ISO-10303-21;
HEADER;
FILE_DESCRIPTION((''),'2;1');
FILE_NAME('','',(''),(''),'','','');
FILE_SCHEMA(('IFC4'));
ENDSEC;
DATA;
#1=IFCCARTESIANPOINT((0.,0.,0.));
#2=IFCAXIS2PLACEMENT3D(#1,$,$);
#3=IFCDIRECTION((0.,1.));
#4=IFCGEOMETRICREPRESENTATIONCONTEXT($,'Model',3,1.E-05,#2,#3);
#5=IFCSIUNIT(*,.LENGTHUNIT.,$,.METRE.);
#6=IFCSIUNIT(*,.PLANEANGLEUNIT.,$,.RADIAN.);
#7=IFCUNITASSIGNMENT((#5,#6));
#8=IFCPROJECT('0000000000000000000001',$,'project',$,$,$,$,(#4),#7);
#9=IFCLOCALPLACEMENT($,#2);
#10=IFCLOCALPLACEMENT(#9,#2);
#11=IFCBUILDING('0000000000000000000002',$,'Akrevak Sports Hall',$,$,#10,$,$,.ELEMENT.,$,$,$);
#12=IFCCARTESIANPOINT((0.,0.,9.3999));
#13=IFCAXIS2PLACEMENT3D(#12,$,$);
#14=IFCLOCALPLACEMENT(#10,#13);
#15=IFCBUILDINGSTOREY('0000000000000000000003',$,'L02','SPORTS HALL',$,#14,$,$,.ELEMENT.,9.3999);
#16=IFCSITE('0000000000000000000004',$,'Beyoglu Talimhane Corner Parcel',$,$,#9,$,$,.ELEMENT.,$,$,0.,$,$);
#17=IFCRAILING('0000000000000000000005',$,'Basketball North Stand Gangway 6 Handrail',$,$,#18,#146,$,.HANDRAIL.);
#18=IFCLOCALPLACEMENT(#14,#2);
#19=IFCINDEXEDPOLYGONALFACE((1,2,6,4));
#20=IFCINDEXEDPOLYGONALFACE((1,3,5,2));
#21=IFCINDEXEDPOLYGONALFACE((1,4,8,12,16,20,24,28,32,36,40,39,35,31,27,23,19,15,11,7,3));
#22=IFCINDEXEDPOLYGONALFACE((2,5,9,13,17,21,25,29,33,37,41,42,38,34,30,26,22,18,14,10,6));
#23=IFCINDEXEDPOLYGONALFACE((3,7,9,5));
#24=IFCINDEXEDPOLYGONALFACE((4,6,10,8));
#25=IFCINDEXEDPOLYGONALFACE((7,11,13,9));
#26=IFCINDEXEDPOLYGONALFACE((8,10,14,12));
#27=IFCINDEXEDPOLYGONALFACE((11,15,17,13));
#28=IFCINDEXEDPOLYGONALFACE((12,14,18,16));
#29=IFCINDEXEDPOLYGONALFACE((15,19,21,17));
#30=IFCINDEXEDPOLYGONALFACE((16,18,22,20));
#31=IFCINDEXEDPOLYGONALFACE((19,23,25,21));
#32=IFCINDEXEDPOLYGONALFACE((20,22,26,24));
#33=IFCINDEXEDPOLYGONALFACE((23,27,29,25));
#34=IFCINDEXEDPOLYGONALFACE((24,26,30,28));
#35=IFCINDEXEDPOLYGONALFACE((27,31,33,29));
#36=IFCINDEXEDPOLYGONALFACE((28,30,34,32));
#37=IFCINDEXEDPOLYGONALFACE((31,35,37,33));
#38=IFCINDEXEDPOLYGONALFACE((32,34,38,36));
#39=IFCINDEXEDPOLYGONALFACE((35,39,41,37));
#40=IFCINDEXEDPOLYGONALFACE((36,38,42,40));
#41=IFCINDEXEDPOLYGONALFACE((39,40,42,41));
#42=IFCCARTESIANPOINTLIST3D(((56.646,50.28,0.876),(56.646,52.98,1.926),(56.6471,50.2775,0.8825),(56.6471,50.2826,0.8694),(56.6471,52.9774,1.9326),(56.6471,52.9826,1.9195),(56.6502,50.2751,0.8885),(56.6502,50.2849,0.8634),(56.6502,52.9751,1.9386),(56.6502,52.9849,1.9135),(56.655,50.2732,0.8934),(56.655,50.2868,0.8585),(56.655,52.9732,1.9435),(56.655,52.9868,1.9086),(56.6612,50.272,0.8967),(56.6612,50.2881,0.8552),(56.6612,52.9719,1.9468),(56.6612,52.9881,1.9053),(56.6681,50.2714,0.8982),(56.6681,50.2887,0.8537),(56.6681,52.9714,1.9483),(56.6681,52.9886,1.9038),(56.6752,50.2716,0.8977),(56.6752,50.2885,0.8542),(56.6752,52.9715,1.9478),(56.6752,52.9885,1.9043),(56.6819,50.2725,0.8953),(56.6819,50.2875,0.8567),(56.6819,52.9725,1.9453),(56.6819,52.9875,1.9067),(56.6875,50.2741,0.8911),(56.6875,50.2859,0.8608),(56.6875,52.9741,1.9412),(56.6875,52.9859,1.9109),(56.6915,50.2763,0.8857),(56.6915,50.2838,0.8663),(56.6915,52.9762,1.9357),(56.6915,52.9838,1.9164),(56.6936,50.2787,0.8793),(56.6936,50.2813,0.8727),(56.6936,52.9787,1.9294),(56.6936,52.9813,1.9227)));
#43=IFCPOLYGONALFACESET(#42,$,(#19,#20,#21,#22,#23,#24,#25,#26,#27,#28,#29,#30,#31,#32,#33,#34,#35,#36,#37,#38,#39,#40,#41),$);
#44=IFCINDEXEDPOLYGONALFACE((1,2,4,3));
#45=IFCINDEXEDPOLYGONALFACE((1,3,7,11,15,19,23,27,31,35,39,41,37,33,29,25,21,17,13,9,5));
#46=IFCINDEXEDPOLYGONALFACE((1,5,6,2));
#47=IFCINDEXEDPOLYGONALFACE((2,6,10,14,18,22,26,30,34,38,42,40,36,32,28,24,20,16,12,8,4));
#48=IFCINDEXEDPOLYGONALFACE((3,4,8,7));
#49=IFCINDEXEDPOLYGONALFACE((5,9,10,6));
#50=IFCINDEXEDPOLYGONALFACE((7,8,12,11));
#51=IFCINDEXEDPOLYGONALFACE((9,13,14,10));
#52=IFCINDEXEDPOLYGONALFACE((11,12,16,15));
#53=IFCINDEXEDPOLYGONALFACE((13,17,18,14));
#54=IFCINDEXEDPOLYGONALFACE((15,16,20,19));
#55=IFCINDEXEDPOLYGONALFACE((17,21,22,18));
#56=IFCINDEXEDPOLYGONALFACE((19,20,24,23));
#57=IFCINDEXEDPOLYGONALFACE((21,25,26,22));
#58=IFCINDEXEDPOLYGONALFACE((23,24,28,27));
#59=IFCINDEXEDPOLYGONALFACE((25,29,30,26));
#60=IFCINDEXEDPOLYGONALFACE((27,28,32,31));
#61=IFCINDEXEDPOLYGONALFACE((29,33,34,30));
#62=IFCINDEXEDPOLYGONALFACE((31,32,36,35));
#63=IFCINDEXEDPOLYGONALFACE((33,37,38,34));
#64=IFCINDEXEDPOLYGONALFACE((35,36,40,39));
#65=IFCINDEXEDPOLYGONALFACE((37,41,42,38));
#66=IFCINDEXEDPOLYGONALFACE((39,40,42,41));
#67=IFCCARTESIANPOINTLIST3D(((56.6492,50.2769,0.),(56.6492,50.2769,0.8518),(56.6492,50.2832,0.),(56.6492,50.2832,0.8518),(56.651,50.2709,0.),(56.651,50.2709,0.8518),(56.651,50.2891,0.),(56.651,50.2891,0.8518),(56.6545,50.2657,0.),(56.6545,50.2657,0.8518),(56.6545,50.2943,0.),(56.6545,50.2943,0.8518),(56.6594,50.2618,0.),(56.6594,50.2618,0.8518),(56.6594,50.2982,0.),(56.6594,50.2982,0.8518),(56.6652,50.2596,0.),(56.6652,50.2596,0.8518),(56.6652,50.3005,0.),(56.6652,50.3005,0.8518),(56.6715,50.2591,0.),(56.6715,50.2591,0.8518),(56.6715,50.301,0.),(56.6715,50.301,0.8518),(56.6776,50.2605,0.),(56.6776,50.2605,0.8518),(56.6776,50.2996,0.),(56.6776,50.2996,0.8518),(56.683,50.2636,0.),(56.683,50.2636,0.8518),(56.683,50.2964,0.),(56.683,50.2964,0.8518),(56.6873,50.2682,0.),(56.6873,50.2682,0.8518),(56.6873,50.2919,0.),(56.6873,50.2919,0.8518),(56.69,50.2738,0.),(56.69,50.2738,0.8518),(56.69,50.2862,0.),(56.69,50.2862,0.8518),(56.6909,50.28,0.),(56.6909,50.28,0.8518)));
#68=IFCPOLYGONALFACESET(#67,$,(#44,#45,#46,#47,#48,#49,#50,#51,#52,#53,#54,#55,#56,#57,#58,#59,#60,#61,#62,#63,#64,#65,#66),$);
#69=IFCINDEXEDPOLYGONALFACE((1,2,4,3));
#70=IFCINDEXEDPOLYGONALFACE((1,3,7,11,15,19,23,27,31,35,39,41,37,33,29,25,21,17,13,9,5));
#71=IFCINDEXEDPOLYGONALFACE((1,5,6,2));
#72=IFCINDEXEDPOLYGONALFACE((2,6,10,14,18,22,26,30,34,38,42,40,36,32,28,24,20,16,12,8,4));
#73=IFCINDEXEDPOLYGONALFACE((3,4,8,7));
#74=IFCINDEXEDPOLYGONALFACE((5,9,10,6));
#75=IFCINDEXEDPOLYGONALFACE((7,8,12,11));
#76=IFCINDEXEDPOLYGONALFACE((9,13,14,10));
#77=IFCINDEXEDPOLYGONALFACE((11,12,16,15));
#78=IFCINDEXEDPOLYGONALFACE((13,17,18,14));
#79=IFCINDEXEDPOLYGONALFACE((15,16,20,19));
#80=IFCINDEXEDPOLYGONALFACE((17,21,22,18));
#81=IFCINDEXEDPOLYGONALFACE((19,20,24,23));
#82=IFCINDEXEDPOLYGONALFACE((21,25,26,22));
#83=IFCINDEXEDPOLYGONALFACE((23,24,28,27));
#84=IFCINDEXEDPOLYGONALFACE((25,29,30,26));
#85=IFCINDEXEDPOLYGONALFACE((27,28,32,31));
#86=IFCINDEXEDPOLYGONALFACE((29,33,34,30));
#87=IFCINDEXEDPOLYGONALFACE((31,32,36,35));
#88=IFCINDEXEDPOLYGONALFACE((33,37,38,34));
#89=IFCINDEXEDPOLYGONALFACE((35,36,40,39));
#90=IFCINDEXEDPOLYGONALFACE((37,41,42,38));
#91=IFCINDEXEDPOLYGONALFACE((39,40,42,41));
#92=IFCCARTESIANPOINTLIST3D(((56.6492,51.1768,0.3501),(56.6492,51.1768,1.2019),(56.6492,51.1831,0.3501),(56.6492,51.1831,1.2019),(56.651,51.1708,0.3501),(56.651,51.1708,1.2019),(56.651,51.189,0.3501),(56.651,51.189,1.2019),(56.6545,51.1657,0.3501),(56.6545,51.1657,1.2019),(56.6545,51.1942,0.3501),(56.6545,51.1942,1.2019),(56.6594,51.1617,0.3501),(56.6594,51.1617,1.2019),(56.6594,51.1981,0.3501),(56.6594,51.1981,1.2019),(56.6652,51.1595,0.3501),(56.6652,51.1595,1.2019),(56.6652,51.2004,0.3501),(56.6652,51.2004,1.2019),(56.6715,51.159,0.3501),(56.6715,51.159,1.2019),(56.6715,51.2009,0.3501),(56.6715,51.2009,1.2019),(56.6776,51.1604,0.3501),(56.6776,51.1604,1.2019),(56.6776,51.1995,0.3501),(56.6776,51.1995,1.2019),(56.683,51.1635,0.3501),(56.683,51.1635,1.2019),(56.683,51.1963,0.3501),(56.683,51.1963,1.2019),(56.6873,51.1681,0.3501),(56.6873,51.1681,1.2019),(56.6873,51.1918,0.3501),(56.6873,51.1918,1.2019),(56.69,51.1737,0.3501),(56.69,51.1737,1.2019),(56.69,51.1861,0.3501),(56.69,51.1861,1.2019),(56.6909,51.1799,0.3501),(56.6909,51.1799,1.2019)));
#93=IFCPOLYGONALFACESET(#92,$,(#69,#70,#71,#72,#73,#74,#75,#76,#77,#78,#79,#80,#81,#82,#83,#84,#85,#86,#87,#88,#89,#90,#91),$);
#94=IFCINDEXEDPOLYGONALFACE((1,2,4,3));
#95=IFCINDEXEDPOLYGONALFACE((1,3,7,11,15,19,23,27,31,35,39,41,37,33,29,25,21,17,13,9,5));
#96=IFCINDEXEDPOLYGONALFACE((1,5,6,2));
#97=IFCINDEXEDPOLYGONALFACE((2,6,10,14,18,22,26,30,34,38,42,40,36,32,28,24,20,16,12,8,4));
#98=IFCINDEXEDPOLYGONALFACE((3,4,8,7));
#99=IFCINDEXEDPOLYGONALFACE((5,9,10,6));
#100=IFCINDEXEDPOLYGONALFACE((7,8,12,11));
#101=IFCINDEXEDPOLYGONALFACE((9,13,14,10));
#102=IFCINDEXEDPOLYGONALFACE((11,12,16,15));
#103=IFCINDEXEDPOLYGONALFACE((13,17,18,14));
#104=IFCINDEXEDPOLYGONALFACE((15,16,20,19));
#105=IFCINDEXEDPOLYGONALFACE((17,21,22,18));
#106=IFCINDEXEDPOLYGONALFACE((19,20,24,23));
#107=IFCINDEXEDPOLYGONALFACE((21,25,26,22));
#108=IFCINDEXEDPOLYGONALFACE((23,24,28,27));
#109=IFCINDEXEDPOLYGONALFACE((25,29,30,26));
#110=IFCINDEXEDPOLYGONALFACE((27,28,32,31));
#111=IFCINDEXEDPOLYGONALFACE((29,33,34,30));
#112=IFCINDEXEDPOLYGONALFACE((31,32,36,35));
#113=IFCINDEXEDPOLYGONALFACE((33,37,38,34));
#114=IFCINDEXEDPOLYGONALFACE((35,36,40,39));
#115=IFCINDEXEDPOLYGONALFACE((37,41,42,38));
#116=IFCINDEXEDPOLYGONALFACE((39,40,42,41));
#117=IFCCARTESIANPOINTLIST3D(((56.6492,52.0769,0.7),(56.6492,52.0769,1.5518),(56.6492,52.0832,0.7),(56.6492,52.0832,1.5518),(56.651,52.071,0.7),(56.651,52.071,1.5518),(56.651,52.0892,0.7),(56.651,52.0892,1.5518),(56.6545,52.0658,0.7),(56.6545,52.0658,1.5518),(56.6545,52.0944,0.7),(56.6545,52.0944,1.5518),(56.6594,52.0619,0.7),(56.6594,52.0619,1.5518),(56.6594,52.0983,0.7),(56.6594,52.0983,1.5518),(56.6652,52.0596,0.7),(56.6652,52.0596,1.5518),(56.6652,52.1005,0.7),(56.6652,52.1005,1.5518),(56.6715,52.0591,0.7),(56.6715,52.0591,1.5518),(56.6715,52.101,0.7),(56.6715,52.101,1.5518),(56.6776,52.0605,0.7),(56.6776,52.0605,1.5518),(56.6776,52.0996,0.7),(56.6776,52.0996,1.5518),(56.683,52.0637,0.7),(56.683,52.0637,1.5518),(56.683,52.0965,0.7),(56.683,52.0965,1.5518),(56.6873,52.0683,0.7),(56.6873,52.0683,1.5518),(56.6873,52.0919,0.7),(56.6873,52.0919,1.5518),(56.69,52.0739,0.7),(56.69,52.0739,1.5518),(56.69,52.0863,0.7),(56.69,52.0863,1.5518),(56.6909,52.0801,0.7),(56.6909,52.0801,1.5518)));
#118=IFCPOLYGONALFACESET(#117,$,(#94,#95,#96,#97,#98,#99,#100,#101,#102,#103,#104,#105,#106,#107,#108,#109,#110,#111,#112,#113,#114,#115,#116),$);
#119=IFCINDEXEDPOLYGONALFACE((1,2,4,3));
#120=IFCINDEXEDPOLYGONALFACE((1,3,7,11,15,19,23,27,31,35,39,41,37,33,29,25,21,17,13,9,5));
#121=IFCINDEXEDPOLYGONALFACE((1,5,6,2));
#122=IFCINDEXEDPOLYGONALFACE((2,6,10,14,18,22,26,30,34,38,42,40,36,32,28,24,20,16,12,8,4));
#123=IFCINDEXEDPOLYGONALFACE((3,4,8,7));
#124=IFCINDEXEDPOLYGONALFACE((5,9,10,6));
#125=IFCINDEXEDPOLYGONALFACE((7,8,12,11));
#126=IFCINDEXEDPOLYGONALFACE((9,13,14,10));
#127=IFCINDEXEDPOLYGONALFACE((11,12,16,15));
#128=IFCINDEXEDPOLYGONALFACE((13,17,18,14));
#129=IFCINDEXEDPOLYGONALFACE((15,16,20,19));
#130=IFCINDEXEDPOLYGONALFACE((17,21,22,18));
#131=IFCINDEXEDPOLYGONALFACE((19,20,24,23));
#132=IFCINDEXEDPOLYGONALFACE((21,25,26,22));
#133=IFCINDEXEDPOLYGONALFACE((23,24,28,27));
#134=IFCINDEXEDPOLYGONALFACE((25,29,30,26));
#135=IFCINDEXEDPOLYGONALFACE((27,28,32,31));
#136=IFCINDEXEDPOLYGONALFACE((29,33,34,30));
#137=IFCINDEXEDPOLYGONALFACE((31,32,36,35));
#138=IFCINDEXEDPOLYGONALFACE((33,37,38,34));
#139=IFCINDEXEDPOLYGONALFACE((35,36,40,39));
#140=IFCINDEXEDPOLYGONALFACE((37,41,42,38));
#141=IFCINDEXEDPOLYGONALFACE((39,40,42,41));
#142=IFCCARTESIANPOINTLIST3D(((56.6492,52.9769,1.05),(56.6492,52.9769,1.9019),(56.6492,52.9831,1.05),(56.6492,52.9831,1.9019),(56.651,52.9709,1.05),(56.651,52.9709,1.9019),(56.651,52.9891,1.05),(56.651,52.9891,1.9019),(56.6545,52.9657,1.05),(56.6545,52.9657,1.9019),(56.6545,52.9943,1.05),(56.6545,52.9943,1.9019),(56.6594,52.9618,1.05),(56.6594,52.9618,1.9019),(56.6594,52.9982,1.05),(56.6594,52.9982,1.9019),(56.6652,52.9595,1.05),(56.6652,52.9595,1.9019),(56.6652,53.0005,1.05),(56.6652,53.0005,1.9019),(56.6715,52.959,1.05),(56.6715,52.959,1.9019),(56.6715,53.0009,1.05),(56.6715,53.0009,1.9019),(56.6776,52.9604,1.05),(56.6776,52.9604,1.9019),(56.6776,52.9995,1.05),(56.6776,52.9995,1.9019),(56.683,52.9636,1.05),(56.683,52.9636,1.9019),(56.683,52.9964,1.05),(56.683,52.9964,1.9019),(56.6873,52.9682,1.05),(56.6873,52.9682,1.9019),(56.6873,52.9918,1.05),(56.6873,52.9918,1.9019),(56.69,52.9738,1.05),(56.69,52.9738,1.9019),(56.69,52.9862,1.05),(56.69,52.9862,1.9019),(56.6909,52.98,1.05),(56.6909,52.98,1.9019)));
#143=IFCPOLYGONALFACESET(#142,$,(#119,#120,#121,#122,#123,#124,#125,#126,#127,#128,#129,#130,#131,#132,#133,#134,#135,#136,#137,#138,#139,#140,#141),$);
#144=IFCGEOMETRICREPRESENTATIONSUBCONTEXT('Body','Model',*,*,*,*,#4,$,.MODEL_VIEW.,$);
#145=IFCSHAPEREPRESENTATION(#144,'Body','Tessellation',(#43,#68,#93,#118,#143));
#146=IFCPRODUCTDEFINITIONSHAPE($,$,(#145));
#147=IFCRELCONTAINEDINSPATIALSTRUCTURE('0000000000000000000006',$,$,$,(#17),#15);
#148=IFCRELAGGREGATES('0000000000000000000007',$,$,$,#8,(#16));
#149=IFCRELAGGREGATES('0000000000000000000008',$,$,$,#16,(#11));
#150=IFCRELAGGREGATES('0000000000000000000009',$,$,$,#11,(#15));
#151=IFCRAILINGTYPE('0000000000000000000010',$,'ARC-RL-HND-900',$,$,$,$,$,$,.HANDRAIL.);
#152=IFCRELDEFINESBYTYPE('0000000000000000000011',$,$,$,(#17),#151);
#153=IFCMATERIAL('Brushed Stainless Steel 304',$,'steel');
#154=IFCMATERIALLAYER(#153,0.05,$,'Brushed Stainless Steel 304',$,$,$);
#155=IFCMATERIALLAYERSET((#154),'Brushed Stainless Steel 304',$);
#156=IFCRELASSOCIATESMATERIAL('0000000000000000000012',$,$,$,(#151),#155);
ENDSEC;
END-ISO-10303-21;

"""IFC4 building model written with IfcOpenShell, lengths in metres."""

from ifc_helpers import new_model, si_unit, direction, frame, origin, origin_2d, place, context, subcontext, project, spatial, circle, extrude, material, layer, layer_set, type_object, element, save


model = new_model("IFC4")

# Units and contexts
model_context = context("Model", 3, precision=1e-05, world=origin(), true_north=direction((0.0, 1.0)))
body_context = subcontext(model_context, "Body", "Model", "MODEL_VIEW")
ifc_project = project(units=[si_unit("LENGTHUNIT", "METRE"), si_unit("PLANEANGLEUNIT", "RADIAN")], contexts=[model_context])

# Site, building, storey
site_placement = place(None, origin())
site = spatial("IfcSite", under=ifc_project, at=site_placement, Name="Beyoglu Talimhane Corner Parcel", CompositionType="ELEMENT", RefElevation=0.0)
building_placement = place(site_placement, origin())
building = spatial("IfcBuilding", under=site, at=building_placement, Name="Akrevak Sports Hall", CompositionType="ELEMENT")
storey_placement = place(building_placement, frame((0.0, 0.0, 9.3999)))
storey = spatial("IfcBuildingStorey", under=building, at=storey_placement, Name="L02", Description="SPORTS HALL", CompositionType="ELEMENT", Elevation=9.3999)

# Railing
ifc_material_1 = material(Name="Brushed Stainless Steel 304", Category="steel")
ifc_layer_1 = layer(ifc_material_1, 0.05, Name="Brushed Stainless Steel 304")
ifc_layer_set_1 = layer_set([ifc_layer_1], Name="Brushed Stainless Steel 304")
railing_type_1 = type_object("IfcRailingType", Name="ARC-RL-HND-900", PredefinedType="HANDRAIL", material=ifc_layer_set_1)
railing_1_placement = place(storey_placement, frame((56.6699, 50.28, 0.0)))
element("IfcRailing", 1, at=railing_1_placement, inside=storey, type_object=railing_type_1, Name="Basketball North Stand Gangway 6 Handrail", PredefinedType="HANDRAIL", context=body_context, shape_type="SweptSolid", body=[
    extrude(circle(Radius=0.0239, at=origin_2d()), frame((0.0, 0.0, 0.876), z_axis=(0.0, 0.931997, 0.362467), x_axis=(-1.0, 0.0, 0.0)), (0.0, 0.0, 1.0), 2.897),
    extrude(circle(Radius=0.021, at=origin_2d()), origin(), (0.0, 0.0, 1.0), 0.8518),
    extrude(circle(Radius=0.021, at=origin_2d()), frame((0.0, 0.8999, 0.3501)), (0.0, 0.0, 1.0), 0.8518),
    extrude(circle(Radius=0.021, at=origin_2d()), frame((0.0, 1.8, 0.7)), (0.0, 0.0, 1.0), 0.8518),
    extrude(circle(Radius=0.021, at=origin_2d()), frame((0.0, 2.7, 1.05)), (0.0, 0.0, 1.0), 0.8518),
])

save(model, "model.ifc")
